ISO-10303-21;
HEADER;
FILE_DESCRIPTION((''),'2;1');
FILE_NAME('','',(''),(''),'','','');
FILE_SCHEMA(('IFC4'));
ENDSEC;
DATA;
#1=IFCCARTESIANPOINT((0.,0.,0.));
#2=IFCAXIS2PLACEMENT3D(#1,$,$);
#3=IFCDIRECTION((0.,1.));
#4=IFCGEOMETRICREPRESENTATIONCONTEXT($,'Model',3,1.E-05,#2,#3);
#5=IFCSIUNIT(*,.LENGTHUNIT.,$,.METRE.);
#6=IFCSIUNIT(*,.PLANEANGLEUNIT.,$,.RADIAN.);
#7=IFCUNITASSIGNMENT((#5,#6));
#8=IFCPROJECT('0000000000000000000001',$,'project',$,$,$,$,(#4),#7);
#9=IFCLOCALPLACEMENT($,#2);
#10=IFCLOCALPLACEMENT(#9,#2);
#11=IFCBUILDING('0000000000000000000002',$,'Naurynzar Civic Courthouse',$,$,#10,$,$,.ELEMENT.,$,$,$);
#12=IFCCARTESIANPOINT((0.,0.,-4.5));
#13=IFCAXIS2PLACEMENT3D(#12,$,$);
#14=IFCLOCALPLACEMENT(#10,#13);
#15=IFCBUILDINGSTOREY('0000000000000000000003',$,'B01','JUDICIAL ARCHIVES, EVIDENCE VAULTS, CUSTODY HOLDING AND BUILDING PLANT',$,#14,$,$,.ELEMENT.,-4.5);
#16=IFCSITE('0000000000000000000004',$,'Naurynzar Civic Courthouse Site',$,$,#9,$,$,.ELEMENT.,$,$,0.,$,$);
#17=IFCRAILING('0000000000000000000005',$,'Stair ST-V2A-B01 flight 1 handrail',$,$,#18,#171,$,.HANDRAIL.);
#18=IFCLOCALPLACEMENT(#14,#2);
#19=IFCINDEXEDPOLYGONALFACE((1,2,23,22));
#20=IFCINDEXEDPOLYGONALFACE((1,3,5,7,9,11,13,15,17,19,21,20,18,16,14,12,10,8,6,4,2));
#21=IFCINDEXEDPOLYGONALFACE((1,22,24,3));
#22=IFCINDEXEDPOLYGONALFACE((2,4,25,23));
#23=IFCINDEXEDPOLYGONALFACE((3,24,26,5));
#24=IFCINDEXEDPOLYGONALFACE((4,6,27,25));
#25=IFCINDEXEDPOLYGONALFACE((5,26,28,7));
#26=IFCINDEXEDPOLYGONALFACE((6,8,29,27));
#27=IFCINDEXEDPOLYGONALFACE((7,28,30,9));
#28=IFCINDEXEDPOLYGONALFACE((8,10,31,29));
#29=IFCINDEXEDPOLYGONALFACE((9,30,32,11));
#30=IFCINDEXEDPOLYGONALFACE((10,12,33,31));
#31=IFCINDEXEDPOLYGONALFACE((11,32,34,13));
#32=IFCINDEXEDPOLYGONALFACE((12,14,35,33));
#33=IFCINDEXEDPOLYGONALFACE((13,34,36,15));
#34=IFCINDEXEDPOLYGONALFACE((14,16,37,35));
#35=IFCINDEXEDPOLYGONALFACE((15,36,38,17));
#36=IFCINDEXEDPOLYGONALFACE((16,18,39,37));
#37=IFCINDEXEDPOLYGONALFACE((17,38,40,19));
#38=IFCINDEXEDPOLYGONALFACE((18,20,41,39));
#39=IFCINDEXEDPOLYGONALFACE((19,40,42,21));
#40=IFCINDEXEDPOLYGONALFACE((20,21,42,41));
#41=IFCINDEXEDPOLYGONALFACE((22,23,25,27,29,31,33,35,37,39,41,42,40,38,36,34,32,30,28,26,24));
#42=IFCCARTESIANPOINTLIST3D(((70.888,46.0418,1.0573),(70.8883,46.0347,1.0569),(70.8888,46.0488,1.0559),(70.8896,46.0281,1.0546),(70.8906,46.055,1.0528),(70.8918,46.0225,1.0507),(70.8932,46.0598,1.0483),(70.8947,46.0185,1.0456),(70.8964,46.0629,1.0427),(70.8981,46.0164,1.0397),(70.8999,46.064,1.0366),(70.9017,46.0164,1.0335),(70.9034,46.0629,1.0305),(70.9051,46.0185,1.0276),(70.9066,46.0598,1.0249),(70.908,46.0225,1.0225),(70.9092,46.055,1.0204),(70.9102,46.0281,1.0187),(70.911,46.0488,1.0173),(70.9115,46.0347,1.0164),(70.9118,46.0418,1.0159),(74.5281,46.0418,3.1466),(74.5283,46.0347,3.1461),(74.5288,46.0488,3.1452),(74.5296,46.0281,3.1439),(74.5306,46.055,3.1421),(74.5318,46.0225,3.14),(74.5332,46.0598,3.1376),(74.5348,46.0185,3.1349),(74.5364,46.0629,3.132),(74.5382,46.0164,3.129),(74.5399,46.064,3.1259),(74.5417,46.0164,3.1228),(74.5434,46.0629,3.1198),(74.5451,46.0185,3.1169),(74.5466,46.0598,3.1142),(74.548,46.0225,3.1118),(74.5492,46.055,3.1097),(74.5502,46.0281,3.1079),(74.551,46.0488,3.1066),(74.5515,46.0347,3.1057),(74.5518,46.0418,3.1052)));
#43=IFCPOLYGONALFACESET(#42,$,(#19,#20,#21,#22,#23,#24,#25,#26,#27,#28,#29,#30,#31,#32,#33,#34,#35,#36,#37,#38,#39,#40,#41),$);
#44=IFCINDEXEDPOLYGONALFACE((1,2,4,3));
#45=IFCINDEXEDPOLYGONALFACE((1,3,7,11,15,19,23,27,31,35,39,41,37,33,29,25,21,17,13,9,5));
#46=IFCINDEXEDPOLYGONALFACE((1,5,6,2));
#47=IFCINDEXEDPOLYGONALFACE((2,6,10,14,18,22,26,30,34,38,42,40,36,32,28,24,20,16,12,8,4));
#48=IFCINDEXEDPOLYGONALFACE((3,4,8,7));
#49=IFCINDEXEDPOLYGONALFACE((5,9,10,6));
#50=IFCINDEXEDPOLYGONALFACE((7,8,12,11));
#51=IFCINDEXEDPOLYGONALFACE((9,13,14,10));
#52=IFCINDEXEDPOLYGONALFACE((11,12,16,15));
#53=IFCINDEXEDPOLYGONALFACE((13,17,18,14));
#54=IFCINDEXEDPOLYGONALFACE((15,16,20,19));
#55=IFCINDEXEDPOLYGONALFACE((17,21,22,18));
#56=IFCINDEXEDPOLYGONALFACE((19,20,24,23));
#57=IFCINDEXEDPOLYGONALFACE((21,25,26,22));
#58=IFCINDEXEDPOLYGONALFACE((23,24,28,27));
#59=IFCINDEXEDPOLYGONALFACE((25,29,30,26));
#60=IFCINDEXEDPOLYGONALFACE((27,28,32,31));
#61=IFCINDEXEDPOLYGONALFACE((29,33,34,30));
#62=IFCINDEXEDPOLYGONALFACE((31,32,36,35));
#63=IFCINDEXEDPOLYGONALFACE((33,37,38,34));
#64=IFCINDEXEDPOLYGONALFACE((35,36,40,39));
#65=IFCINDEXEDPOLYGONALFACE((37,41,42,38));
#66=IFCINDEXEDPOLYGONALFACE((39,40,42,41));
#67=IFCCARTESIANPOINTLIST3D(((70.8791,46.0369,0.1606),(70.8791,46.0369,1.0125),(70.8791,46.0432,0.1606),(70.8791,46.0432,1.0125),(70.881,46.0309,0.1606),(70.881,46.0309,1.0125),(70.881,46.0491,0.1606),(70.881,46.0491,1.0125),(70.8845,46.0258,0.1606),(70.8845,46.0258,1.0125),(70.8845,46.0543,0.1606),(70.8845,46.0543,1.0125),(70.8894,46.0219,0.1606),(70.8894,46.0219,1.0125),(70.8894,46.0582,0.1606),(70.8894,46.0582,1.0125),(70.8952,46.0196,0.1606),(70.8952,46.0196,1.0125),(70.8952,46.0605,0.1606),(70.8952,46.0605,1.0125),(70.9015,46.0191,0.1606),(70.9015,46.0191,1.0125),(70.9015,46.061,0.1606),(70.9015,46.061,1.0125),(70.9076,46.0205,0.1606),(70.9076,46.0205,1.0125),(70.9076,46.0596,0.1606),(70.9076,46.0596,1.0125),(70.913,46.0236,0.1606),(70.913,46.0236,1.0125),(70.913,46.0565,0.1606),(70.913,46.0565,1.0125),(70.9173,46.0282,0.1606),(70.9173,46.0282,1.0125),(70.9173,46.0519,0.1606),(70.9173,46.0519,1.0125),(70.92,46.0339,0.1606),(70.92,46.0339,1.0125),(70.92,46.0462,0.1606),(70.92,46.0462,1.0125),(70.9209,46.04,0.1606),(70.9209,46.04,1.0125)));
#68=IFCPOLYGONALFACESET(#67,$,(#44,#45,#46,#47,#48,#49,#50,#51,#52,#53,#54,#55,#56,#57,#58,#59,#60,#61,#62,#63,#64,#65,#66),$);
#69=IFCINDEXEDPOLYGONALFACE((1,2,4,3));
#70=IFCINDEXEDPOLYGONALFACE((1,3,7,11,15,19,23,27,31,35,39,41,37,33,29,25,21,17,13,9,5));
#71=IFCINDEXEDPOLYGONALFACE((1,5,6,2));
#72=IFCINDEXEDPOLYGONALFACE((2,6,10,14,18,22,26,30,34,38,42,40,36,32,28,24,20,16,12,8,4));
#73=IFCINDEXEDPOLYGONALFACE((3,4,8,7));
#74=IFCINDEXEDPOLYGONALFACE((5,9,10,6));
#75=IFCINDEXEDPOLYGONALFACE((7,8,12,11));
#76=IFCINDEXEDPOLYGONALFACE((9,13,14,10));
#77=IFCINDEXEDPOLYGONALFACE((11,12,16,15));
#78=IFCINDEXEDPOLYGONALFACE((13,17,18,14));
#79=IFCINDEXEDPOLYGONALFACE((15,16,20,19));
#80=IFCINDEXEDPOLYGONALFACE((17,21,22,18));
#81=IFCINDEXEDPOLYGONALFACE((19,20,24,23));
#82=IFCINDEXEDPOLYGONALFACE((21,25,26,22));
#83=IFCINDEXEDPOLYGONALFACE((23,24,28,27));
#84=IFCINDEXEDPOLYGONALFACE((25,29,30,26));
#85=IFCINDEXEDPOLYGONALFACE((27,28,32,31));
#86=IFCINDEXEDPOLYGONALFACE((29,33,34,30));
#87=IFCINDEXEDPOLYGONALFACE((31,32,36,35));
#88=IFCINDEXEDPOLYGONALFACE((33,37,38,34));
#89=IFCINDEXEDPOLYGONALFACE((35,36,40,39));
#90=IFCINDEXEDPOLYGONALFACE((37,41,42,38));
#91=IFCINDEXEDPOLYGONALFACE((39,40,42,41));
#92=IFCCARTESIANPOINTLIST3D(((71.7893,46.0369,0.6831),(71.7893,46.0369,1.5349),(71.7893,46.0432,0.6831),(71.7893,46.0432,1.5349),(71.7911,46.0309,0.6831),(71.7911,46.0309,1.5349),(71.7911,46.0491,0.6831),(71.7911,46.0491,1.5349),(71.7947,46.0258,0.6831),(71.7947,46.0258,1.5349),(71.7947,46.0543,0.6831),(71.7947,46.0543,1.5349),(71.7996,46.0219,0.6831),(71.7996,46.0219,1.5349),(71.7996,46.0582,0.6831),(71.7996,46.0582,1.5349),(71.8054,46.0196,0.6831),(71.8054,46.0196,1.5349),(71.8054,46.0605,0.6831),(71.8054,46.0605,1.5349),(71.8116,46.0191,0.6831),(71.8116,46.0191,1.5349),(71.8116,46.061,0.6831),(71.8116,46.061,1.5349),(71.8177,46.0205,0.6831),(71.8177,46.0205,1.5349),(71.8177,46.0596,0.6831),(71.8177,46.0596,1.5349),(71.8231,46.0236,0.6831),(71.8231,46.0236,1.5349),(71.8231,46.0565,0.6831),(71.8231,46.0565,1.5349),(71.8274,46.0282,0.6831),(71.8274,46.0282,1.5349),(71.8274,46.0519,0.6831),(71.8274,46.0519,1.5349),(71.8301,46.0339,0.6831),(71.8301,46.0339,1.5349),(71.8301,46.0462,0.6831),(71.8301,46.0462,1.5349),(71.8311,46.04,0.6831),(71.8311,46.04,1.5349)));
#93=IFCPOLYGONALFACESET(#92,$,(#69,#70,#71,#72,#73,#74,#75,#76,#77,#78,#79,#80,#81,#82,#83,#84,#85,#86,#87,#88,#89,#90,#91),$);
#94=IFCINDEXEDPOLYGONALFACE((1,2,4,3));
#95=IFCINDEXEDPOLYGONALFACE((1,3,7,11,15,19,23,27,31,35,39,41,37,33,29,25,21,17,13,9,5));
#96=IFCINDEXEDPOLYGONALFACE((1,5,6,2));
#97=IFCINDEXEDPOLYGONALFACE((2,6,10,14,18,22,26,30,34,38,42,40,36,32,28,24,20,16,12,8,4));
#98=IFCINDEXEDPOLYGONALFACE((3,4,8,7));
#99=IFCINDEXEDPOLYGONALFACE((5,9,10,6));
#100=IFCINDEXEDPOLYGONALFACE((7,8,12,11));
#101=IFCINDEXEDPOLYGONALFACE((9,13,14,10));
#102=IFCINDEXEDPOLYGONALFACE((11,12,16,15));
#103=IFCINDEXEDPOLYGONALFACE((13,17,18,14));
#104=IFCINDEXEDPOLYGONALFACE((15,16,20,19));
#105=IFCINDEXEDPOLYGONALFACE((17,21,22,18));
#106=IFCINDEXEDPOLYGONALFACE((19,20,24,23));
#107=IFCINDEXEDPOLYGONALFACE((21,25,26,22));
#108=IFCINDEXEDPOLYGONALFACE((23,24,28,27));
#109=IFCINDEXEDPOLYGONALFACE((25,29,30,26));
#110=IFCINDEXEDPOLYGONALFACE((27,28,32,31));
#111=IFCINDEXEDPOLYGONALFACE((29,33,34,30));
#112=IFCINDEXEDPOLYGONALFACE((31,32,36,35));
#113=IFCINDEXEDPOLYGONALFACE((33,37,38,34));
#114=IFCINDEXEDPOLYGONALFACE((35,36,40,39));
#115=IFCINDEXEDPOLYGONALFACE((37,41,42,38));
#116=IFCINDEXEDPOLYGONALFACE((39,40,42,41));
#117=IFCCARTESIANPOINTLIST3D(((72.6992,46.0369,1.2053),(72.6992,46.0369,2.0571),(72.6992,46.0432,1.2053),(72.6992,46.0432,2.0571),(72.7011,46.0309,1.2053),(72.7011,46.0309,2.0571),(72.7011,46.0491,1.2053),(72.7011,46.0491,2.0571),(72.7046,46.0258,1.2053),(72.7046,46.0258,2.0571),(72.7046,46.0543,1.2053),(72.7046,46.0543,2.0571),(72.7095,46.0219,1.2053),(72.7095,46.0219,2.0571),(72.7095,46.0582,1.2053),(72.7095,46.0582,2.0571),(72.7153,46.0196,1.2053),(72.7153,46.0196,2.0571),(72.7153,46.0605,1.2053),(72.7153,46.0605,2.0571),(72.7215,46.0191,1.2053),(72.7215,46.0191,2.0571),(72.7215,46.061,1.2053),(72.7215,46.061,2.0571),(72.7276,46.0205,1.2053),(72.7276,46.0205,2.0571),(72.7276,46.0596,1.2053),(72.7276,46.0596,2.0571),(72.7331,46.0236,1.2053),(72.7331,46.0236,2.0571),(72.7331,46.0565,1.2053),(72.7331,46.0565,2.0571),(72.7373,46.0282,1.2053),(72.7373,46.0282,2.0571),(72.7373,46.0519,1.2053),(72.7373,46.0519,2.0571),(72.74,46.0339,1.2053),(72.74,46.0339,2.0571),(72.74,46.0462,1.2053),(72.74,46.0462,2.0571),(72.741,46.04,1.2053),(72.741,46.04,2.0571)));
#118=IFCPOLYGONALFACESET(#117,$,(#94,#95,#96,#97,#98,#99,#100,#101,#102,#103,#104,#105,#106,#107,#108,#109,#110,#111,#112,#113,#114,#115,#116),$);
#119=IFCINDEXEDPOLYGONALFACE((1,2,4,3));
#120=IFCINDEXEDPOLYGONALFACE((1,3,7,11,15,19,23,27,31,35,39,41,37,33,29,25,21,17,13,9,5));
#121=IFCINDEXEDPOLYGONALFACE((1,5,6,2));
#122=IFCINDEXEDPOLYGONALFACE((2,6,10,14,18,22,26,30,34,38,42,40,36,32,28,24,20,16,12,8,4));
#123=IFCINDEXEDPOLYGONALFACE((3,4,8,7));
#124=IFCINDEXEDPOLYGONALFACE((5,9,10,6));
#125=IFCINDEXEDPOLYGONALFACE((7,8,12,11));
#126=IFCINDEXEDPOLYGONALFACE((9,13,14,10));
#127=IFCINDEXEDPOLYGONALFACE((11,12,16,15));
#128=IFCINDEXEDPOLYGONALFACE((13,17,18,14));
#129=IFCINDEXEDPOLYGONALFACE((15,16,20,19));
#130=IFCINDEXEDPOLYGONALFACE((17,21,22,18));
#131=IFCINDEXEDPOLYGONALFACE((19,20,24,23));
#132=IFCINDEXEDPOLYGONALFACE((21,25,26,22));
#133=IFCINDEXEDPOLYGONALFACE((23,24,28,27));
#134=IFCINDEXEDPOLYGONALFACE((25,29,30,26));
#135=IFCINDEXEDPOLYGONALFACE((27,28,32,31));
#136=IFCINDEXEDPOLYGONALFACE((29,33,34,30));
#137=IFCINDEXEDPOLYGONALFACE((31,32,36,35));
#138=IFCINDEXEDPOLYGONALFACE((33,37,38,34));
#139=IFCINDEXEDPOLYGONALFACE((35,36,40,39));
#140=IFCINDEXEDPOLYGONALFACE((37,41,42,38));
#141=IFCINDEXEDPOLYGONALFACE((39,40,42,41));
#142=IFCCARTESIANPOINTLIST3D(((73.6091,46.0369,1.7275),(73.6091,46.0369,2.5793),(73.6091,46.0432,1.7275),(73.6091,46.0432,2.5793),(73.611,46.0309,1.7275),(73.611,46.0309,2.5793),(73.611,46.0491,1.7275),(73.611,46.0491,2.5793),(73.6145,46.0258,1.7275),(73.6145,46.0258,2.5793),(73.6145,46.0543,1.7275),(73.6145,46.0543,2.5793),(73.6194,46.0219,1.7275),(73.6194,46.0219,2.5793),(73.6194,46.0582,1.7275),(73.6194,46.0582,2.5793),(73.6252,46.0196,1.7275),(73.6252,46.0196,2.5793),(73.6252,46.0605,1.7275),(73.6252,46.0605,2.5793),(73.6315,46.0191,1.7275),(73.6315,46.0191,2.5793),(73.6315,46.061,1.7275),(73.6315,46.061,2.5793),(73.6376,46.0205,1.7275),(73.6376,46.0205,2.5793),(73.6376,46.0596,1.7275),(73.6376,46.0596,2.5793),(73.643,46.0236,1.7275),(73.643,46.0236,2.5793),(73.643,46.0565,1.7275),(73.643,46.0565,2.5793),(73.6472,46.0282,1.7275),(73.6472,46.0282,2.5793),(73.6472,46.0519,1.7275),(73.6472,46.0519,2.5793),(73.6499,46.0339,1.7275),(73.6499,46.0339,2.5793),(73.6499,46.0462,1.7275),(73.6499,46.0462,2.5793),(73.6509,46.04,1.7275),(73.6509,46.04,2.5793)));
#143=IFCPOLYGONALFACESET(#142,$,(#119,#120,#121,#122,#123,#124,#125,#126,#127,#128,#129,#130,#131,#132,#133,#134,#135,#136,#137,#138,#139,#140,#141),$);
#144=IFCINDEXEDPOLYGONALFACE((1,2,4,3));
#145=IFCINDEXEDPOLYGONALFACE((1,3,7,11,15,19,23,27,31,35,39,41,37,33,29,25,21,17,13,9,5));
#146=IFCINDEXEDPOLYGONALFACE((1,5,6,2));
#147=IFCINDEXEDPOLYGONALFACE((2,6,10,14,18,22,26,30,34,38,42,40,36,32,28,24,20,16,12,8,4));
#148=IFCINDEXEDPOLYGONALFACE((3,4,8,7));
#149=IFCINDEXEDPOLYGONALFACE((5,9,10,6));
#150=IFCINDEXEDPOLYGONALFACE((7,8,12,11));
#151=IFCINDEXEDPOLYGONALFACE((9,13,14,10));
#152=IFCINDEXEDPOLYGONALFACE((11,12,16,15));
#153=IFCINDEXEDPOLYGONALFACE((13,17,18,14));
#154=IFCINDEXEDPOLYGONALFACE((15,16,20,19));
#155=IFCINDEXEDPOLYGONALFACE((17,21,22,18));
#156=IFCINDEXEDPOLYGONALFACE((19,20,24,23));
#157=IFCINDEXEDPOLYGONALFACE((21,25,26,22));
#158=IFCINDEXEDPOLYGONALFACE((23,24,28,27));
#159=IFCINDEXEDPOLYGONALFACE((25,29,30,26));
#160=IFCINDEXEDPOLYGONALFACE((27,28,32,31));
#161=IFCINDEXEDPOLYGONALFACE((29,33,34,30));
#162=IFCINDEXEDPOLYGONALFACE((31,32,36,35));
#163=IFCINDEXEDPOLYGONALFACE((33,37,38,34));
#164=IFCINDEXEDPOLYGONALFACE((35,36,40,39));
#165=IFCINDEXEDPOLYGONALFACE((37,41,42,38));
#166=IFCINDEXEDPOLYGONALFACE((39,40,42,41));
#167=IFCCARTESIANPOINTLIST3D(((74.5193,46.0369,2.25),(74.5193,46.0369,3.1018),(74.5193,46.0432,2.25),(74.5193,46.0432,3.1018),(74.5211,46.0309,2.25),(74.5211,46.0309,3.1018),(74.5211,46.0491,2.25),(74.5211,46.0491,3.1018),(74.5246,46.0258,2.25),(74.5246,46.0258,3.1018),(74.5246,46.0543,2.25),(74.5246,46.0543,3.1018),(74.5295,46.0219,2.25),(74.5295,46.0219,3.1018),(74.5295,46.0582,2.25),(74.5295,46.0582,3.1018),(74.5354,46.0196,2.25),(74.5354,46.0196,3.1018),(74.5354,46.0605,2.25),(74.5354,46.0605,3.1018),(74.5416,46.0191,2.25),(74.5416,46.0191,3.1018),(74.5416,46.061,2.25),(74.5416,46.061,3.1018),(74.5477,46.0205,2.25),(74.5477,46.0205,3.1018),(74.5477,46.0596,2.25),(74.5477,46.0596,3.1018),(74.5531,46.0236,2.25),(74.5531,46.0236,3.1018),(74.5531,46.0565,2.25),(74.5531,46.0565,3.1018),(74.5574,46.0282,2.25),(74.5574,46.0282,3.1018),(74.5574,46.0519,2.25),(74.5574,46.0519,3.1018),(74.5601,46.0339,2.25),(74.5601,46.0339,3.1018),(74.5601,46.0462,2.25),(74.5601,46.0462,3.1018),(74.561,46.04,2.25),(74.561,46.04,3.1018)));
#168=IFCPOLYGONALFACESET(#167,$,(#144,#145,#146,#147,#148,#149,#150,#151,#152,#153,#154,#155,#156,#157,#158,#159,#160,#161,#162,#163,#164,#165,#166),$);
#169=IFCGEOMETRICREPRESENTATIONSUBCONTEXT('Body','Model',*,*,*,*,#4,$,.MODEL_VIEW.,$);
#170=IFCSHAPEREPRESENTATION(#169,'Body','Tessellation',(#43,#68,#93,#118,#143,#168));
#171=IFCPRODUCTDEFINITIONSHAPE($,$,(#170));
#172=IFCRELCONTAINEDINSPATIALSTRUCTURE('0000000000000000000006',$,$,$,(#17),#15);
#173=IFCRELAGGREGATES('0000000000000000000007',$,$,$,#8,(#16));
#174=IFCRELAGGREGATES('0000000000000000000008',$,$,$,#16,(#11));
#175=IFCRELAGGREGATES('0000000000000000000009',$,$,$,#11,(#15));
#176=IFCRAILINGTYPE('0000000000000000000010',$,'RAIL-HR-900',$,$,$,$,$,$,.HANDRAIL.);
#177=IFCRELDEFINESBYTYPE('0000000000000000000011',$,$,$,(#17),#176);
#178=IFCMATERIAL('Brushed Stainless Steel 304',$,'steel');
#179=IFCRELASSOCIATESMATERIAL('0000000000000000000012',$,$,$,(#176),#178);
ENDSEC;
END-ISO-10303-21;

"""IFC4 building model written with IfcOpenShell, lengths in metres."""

from ifc_helpers import new_model, si_unit, direction, frame, origin, origin_2d, place, context, subcontext, project, spatial, circle, extrude, material, type_object, element, save


model = new_model("IFC4")

# Units and contexts
model_context = context("Model", 3, precision=1e-05, world=origin(), true_north=direction((0.0, 1.0)))
body_context = subcontext(model_context, "Body", "Model", "MODEL_VIEW")
ifc_project = project(units=[si_unit("LENGTHUNIT", "METRE"), si_unit("PLANEANGLEUNIT", "RADIAN")], contexts=[model_context])

# Site, building, storey
site_placement = place(None, origin())
site = spatial("IfcSite", under=ifc_project, at=site_placement, Name="Naurynzar Civic Courthouse Site", CompositionType="ELEMENT", RefElevation=0.0)
building_placement = place(site_placement, origin())
building = spatial("IfcBuilding", under=site, at=building_placement, Name="Naurynzar Civic Courthouse", CompositionType="ELEMENT")
storey_placement = place(building_placement, frame((0.0, 0.0, -4.5)))
storey = spatial("IfcBuildingStorey", under=building, at=storey_placement, Name="B01", Description="JUDICIAL ARCHIVES, EVIDENCE VAULTS, CUSTODY HOLDING AND BUILDING PLANT", CompositionType="ELEMENT", Elevation=-4.5)

# Railing
ifc_material_1 = material(Name="Brushed Stainless Steel 304", Category="steel")
railing_type_1 = type_object("IfcRailingType", Name="RAIL-HR-900", PredefinedType="HANDRAIL", material=ifc_material_1)
railing_1_placement = place(storey_placement, frame((70.8999, 46.04, 0.1606)))
element("IfcRailing", 1, at=railing_1_placement, inside=storey, type_object=railing_type_1, Name="Stair ST-V2A-B01 flight 1 handrail", PredefinedType="HANDRAIL", context=body_context, shape_type="SweptSolid", body=[
    extrude(circle(Radius=0.0239, at=origin_2d()), frame((0.0, 0.0, 0.876), z_axis=(0.867289, 0.0, 0.497804), x_axis=(0.0, 1.0, 0.0)), (0.0, 0.0, 1.0), 4.197),
    extrude(circle(Radius=0.021, at=origin_2d()), origin(), (0.0, 0.0, 1.0), 0.8518),
    extrude(circle(Radius=0.021, at=origin_2d()), frame((0.9102, 0.0, 0.5225)), (0.0, 0.0, 1.0), 0.8518),
    extrude(circle(Radius=0.021, at=origin_2d()), frame((1.8201, 0.0, 1.0447)), (0.0, 0.0, 1.0), 0.8518),
    extrude(circle(Radius=0.021, at=origin_2d()), frame((2.73, 0.0, 1.5669)), (0.0, 0.0, 1.0), 0.8518),
    extrude(circle(Radius=0.021, at=origin_2d()), frame((3.6401, 0.0, 2.0894)), (0.0, 0.0, 1.0), 0.8518),
])

save(model, "model.ifc")
